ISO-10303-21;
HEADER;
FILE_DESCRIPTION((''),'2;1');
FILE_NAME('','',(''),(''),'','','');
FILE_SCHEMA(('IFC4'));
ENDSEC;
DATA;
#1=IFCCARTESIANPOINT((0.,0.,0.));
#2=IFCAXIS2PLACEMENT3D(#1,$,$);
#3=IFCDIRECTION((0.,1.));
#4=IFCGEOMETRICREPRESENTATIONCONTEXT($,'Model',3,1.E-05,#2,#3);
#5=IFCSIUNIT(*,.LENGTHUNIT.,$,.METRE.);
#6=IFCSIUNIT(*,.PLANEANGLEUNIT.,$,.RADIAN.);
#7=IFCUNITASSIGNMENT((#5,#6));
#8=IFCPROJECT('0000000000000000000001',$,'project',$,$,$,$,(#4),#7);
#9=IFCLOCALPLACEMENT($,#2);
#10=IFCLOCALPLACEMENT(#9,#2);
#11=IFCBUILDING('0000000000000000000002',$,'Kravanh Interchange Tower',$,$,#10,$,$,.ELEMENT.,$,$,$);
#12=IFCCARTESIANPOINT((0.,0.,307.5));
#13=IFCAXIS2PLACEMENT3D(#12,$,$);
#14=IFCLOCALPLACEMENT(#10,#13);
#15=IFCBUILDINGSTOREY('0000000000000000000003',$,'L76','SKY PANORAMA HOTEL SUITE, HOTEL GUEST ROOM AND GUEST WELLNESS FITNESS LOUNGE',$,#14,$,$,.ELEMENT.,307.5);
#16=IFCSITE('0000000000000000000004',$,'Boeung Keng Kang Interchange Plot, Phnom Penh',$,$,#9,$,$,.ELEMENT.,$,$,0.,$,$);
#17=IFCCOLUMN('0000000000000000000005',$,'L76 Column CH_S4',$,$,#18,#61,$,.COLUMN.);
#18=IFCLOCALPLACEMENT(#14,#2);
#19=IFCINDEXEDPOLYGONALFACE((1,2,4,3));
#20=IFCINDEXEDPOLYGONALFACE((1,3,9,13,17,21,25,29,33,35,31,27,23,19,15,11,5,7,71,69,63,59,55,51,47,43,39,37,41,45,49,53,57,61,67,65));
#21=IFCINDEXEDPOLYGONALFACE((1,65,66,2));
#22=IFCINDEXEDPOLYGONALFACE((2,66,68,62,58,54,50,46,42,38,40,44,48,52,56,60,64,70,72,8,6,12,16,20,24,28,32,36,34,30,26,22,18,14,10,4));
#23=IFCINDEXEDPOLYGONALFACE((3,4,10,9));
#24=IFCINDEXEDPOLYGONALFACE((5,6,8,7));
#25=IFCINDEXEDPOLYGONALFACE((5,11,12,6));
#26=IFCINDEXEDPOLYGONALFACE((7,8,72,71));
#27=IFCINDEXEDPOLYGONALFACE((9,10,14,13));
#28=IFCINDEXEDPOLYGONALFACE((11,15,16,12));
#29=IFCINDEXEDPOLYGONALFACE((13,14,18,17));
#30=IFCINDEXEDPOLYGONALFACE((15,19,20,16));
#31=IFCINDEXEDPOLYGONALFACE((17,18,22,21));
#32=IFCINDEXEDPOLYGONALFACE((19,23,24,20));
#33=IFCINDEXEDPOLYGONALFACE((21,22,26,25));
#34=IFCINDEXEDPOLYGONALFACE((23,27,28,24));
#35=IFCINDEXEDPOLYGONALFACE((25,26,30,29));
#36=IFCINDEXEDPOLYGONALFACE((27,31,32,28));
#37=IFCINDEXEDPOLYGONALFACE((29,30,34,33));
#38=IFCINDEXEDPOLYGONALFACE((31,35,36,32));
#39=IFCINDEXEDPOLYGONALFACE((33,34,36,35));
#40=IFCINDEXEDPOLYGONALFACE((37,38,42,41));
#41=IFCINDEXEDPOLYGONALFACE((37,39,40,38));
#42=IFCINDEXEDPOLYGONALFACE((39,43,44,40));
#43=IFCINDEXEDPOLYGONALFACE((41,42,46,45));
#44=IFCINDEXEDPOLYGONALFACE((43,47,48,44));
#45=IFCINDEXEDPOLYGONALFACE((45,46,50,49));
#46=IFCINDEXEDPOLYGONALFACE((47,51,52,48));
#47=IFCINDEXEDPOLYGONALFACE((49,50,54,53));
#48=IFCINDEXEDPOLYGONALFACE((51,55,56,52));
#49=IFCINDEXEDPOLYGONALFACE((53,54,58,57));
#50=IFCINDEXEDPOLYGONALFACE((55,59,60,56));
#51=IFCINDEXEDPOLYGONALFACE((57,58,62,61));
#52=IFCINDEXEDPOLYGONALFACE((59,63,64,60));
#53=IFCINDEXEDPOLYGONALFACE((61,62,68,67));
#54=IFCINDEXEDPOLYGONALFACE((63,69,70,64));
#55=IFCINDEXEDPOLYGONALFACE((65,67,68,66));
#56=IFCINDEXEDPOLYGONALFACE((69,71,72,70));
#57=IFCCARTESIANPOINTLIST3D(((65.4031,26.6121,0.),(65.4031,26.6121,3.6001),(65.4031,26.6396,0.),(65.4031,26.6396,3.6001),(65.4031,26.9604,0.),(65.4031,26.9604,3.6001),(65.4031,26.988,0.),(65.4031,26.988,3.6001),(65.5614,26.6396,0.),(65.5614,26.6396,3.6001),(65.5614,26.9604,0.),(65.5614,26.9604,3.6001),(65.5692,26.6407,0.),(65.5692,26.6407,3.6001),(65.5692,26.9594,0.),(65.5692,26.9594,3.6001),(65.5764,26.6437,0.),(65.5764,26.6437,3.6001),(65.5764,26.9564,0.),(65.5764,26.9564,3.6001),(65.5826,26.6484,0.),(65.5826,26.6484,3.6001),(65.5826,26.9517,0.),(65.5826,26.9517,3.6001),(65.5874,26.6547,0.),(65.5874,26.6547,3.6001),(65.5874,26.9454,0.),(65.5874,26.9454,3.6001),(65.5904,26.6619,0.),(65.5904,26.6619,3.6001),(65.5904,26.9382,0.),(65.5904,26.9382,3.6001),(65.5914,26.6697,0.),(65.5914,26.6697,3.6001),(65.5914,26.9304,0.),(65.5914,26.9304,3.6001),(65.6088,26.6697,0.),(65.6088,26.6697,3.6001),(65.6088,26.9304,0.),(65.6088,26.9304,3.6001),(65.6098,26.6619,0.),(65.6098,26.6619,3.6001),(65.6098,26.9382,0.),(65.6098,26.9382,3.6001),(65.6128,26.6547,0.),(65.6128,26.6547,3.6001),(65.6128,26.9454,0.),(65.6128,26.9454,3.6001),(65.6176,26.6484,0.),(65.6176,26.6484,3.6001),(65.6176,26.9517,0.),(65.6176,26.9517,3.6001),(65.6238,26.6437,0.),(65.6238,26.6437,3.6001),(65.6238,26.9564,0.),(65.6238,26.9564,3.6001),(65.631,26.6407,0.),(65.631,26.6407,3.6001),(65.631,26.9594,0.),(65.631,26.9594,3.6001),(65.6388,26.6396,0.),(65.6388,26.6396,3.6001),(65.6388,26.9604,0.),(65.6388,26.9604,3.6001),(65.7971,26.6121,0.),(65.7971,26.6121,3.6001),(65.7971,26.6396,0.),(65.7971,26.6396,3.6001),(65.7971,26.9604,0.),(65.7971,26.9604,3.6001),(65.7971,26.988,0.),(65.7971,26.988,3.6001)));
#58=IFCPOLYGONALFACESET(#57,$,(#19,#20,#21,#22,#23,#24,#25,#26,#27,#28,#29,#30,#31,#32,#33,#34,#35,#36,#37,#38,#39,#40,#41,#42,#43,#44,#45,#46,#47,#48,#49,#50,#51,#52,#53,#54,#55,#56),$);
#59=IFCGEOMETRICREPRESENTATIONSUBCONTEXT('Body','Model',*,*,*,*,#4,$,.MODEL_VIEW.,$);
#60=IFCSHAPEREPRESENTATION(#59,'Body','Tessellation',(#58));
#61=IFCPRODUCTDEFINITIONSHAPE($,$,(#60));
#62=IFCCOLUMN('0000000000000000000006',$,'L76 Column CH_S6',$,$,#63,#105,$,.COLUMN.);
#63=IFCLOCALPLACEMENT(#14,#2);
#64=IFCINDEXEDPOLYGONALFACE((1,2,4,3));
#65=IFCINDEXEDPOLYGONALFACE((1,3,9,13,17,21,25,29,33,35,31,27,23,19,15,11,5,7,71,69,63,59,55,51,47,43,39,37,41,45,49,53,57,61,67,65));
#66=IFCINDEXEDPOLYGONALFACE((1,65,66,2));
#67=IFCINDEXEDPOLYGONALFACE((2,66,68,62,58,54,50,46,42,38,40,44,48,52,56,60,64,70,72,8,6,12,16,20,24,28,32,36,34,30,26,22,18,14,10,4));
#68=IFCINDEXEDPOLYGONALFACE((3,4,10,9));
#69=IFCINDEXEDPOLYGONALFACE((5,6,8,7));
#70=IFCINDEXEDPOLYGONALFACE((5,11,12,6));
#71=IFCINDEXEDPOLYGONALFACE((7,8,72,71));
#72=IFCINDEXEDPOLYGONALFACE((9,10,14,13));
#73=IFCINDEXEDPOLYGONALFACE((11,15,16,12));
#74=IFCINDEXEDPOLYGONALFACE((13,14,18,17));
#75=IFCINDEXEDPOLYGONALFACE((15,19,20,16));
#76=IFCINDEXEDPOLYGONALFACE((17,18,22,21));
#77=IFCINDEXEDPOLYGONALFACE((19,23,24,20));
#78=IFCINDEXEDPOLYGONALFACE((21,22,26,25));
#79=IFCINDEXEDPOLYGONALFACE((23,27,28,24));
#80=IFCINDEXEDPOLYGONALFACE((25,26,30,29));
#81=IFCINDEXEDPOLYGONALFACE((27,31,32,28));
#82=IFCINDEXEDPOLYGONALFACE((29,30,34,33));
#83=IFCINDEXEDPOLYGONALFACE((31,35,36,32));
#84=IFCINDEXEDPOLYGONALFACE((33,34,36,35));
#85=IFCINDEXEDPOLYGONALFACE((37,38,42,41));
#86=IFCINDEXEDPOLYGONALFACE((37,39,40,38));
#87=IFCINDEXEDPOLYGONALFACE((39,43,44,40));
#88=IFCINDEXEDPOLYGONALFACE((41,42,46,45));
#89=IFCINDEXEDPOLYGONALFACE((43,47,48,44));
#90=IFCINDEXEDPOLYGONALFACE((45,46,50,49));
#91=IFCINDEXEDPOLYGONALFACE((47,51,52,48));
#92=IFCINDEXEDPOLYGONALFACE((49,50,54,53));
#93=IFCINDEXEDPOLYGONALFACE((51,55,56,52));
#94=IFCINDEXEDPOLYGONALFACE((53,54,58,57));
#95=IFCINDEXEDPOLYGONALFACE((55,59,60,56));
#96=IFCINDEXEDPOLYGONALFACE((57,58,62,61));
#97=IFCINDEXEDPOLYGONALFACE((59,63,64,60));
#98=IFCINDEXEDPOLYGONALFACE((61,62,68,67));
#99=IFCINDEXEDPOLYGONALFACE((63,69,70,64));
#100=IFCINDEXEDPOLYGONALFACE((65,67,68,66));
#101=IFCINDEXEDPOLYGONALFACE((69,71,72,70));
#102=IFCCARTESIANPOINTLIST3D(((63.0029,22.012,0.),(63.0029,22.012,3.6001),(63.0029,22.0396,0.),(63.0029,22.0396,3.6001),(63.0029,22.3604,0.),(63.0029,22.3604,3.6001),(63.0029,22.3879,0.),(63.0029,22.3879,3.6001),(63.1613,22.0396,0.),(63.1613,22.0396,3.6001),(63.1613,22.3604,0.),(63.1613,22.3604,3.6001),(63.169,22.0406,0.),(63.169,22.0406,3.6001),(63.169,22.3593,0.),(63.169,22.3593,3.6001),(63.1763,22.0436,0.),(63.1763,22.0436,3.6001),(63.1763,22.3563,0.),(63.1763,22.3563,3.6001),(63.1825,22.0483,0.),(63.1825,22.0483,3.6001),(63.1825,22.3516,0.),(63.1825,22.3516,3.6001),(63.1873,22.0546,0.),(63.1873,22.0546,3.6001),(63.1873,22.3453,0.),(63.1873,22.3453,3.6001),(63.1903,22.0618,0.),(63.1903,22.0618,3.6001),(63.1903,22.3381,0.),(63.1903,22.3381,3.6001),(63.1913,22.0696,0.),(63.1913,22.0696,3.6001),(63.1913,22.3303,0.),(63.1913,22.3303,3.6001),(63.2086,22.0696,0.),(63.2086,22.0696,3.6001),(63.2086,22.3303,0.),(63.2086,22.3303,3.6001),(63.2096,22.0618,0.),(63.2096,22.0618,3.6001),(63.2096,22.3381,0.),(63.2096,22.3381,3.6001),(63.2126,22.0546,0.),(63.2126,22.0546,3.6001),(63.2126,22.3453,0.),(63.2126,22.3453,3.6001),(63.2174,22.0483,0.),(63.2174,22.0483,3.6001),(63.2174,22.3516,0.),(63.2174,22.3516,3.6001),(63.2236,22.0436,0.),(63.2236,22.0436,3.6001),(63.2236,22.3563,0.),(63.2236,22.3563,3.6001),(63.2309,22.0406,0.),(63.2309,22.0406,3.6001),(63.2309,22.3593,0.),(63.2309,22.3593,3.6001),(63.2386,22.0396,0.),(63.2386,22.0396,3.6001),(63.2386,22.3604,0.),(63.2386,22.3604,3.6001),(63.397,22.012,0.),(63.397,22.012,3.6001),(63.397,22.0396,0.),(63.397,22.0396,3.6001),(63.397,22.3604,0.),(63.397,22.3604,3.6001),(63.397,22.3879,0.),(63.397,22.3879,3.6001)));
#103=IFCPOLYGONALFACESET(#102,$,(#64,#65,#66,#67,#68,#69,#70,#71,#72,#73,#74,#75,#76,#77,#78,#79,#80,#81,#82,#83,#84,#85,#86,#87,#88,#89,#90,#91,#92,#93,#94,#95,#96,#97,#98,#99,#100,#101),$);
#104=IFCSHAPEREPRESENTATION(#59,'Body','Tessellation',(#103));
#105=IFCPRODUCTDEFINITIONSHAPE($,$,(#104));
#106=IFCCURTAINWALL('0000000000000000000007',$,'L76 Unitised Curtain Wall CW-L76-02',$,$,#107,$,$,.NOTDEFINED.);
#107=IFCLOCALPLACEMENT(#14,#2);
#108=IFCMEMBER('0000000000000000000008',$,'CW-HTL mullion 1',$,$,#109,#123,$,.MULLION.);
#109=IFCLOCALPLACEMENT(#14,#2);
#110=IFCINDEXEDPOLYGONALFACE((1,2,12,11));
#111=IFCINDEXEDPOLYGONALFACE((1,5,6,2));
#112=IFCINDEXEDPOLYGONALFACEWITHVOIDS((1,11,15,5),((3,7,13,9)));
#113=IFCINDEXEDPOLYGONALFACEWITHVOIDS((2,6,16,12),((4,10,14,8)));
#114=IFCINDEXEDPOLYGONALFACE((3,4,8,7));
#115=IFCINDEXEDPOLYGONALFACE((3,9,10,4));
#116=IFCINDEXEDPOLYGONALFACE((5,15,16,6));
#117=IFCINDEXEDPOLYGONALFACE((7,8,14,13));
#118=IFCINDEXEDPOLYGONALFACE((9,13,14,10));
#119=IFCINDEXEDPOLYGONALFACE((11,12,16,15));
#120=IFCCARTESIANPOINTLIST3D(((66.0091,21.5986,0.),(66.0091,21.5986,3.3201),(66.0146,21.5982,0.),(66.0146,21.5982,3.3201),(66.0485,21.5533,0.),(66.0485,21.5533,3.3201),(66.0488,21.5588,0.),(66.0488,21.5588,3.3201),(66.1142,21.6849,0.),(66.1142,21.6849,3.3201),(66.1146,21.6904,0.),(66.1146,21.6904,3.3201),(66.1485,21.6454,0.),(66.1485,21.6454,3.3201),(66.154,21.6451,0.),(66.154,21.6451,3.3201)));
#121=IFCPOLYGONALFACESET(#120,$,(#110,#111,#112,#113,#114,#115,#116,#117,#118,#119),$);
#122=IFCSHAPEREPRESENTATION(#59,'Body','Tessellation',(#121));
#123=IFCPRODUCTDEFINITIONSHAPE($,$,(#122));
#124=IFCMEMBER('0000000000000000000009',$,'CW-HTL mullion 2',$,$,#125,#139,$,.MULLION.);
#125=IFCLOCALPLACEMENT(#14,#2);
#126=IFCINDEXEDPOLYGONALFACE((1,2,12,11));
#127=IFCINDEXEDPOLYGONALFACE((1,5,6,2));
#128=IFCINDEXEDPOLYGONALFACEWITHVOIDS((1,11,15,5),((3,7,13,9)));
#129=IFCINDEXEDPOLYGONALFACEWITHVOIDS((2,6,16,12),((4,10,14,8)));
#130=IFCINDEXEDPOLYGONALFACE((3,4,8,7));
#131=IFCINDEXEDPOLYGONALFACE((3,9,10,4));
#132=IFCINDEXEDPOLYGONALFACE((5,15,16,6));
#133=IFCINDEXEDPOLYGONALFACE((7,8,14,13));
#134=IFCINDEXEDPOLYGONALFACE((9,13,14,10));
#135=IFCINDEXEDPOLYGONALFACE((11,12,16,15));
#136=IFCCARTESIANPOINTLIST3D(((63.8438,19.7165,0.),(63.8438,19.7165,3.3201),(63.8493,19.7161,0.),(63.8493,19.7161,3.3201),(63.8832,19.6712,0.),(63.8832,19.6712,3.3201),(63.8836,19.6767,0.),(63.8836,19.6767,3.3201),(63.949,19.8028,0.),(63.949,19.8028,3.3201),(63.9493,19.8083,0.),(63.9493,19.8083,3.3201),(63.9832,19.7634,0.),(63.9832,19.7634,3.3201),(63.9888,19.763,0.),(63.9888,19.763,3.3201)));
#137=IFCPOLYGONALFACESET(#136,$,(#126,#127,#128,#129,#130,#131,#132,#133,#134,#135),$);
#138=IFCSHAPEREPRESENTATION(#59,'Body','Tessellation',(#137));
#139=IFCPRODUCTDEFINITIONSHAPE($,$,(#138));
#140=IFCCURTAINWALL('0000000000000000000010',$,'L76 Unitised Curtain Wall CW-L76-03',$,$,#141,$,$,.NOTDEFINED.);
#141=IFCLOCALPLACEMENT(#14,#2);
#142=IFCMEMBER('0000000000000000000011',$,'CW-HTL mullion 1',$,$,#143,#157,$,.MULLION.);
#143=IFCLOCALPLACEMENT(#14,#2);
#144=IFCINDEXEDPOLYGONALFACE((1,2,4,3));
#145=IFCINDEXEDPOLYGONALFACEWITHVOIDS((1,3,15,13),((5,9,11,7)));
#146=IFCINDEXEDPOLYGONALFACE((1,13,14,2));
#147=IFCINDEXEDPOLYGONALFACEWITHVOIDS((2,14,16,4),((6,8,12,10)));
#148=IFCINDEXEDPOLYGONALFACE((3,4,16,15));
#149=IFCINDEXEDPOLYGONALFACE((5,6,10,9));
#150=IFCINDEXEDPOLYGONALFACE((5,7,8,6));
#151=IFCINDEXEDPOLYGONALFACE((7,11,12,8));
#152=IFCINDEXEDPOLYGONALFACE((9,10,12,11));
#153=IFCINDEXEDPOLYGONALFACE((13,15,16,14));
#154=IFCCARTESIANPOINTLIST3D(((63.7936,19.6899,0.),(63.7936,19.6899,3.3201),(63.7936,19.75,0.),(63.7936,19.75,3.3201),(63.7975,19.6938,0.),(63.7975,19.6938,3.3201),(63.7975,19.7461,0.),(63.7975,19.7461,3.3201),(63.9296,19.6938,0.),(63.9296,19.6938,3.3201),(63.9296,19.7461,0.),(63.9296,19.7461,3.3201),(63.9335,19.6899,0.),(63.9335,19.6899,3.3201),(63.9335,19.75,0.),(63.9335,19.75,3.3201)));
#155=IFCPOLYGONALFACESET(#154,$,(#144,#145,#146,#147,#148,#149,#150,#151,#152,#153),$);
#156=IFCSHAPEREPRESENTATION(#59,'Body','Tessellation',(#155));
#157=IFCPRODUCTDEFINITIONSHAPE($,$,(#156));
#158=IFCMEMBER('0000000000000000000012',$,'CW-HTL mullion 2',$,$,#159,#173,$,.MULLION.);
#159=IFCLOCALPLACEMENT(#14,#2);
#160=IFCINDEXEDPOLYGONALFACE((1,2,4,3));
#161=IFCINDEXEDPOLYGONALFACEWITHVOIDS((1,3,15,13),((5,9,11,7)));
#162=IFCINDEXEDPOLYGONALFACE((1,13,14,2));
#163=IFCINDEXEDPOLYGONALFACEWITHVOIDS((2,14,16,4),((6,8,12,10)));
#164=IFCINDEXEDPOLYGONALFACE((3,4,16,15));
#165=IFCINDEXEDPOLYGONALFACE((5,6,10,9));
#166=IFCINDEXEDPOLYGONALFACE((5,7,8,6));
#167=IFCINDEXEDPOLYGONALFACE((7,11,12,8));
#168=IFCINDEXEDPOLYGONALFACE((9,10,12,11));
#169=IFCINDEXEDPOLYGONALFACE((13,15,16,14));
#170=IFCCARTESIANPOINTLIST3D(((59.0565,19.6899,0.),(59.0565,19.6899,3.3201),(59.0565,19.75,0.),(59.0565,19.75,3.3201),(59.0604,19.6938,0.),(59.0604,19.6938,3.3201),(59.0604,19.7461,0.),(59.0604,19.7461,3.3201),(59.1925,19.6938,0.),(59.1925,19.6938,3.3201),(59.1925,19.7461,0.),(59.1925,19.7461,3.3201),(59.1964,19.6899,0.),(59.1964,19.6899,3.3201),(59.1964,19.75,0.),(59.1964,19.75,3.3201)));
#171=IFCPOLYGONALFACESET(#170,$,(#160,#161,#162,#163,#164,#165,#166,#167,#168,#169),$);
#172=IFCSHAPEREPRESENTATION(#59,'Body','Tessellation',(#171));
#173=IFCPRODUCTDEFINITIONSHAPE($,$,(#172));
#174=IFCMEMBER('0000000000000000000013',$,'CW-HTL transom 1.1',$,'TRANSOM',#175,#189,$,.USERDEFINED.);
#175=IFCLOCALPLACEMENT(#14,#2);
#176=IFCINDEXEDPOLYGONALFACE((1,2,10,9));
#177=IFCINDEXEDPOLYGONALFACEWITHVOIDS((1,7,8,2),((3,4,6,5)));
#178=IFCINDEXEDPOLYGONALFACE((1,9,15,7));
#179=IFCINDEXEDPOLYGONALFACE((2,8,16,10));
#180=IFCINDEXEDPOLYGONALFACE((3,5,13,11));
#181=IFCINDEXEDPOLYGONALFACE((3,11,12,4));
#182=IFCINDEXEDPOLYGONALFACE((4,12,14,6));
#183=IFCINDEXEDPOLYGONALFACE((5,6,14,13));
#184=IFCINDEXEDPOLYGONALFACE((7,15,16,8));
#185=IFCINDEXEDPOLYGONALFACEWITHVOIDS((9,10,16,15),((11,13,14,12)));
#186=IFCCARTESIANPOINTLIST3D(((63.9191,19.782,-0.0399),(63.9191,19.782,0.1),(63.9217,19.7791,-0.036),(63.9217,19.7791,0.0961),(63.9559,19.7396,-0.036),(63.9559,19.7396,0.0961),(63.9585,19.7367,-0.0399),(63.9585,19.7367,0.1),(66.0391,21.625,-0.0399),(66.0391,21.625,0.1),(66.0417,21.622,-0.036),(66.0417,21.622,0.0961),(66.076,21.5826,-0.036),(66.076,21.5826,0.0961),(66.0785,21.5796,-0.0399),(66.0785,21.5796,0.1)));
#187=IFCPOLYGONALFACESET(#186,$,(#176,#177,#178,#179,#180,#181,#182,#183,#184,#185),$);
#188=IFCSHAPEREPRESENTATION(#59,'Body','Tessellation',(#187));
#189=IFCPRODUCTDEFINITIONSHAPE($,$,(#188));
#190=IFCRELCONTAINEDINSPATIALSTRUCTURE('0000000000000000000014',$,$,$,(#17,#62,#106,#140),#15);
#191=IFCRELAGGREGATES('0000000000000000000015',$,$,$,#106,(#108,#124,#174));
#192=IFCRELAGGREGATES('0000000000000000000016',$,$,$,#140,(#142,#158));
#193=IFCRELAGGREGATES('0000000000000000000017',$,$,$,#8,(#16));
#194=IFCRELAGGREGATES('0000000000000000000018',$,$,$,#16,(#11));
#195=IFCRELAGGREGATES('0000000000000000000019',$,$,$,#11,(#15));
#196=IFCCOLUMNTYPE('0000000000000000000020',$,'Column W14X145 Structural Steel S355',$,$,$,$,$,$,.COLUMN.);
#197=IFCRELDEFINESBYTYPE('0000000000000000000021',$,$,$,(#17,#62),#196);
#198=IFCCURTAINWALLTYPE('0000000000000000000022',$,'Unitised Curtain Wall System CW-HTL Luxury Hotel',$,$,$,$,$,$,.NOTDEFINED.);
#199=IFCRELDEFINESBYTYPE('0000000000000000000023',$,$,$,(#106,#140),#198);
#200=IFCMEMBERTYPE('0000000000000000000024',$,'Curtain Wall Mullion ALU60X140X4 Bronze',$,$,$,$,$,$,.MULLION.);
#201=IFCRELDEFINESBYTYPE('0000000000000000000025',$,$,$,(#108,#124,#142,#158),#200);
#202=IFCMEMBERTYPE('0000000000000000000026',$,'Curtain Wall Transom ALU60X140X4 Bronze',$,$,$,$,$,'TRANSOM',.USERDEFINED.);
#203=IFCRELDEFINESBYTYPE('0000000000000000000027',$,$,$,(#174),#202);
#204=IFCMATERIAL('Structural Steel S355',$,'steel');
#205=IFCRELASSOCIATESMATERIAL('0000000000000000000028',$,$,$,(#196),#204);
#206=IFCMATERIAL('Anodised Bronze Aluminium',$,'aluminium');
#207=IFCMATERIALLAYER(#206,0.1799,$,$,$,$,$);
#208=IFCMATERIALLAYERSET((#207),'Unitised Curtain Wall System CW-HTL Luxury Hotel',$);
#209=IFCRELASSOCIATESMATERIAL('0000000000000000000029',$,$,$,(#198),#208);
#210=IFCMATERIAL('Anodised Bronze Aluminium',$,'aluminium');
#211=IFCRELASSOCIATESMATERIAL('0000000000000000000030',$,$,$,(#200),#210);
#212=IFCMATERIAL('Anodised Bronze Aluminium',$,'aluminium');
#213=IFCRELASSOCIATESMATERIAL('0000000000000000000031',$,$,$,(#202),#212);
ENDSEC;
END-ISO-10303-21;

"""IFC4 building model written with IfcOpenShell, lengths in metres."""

from ifc_helpers import new_model, si_unit, direction, frame, origin, origin_2d, place, context, subcontext, project, spatial, hollow_rectangle, i_section, extrude, material, layer, layer_set, material_profile, profile_set, type_object, element, aggregate, save


model = new_model("IFC4")

# Units and contexts
model_context = context("Model", 3, precision=1e-05, world=origin(), true_north=direction((0.0, 1.0)))
body_context = subcontext(model_context, "Body", "Model", "MODEL_VIEW")
ifc_project = project(units=[si_unit("LENGTHUNIT", "METRE"), si_unit("PLANEANGLEUNIT", "RADIAN")], contexts=[model_context])

# Site, building, storey
site_placement = place(None, origin())
site = spatial("IfcSite", under=ifc_project, at=site_placement, Name="Boeung Keng Kang Interchange Plot, Phnom Penh", CompositionType="ELEMENT", RefElevation=0.0)
building_placement = place(site_placement, origin())
building = spatial("IfcBuilding", under=site, at=building_placement, Name="Kravanh Interchange Tower", CompositionType="ELEMENT")
storey_placement = place(building_placement, frame((0.0, 0.0, 307.5)))
storey = spatial("IfcBuildingStorey", under=building, at=storey_placement, Name="L76", Description="SKY PANORAMA HOTEL SUITE, HOTEL GUEST ROOM AND GUEST WELLNESS FITNESS LOUNGE", CompositionType="ELEMENT", Elevation=307.5)

# Columns
ifc_material_1 = material(Name="Structural Steel S355", Category="steel")
ifc_material_profile_1 = material_profile(ifc_material_1, i_section(OverallWidth=0.394, OverallDepth=0.376, WebThickness=0.0173, FlangeThickness=0.0276, FilletRadius=0.03, at=origin_2d()), Name="W14X145")
ifc_profile_set_1 = profile_set([ifc_material_profile_1], Name="Structural Steel S355")
column_type = type_object("IfcColumnType", Name="Column W14X145 Structural Steel S355", PredefinedType="COLUMN", material=ifc_profile_set_1)
for number, where, z_axis, x_axis, name in (
    (1, (65.6001, 26.8, 0.0), (0.0, 0.0, 1.0), (1.0, 0.0, 0.0), "L76 Column CH_S4"),
    (2, (63.2, 22.2, 0.0), (0.0, 0.0, 1.0), (1.0, 0.0, 0.0), "L76 Column CH_S6"),
):
    element("IfcColumn", number, at=place(storey_placement, frame(where, z_axis=z_axis, x_axis=x_axis)), inside=storey, type_object=column_type, Name=name, PredefinedType="COLUMN", context=body_context, shape_type="SweptSolid", body=[
        extrude(i_section(OverallWidth=0.394, OverallDepth=0.376, WebThickness=0.0173, FlangeThickness=0.0276, FilletRadius=0.03, at=origin_2d()), origin(), (0.0, 0.0, 1.0), 3.6001),
    ])

# Curtain walls, members
ifc_material_2 = material(Name="Anodised Bronze Aluminium", Category="aluminium")
ifc_layer_1 = layer(ifc_material_2, 0.1799)
ifc_layer_set_1 = layer_set([ifc_layer_1], Name="Unitised Curtain Wall System CW-HTL Luxury Hotel")
curtain_wall_type = type_object("IfcCurtainWallType", Name="Unitised Curtain Wall System CW-HTL Luxury Hotel", PredefinedType="NOTDEFINED", material=ifc_layer_set_1)
curtain_wall_1_placement = place(storey_placement, origin())
curtain_wall_1 = element("IfcCurtainWall", 3, at=curtain_wall_1_placement, inside=storey, type_object=curtain_wall_type, Name="L76 Unitised Curtain Wall CW-L76-02", PredefinedType="NOTDEFINED")
ifc_material_3 = material(Name="Anodised Bronze Aluminium", Category="aluminium")
ifc_material_profile_2 = material_profile(ifc_material_3, hollow_rectangle(XDim=0.0601, YDim=0.1399, WallThickness=0.0039, at=origin_2d()), Name="ALU60X140X4")
ifc_profile_set_2 = profile_set([ifc_material_profile_2], Name="Anodised Bronze Aluminium")
member_type_1 = type_object("IfcMemberType", Name="Curtain Wall Mullion ALU60X140X4 Bronze", PredefinedType="MULLION", material=ifc_profile_set_2)
member_1_placement = place(storey_placement, frame((66.0815, 21.6218, 0.0), z_axis=(0.0, 0.0, 1.0), x_axis=(0.65605, -0.754717, 0.0)))
member_1 = element("IfcMember", 4, at=member_1_placement, type_object=member_type_1, Name="CW-HTL mullion 1", PredefinedType="MULLION", context=body_context, shape_type="SweptSolid", body=[
    extrude(hollow_rectangle(XDim=0.0601, YDim=0.1399, WallThickness=0.0039, at=origin_2d()), origin(), (0.0, 0.0, 1.0), 3.3201),
])
member_2_placement = place(storey_placement, frame((63.9163, 19.7397, 0.0), z_axis=(0.0, 0.0, 1.0), x_axis=(0.65605, -0.754717, 0.0)))
member_2 = element("IfcMember", 5, at=member_2_placement, type_object=member_type_1, Name="CW-HTL mullion 2", PredefinedType="MULLION", context=body_context, shape_type="SweptSolid", body=[
    extrude(hollow_rectangle(XDim=0.0601, YDim=0.1399, WallThickness=0.0039, at=origin_2d()), origin(), (0.0, 0.0, 1.0), 3.3201),
])
curtain_wall_2_placement = place(storey_placement, origin())
curtain_wall_2 = element("IfcCurtainWall", 6, at=curtain_wall_2_placement, inside=storey, type_object=curtain_wall_type, Name="L76 Unitised Curtain Wall CW-L76-03", PredefinedType="NOTDEFINED")
member_3_placement = place(storey_placement, frame((63.8635, 19.72, 0.0), z_axis=(0.0, 0.0, 1.0), x_axis=(0.0, -1.0, 0.0)))
member_3 = element("IfcMember", 7, at=member_3_placement, type_object=member_type_1, Name="CW-HTL mullion 1", PredefinedType="MULLION", context=body_context, shape_type="SweptSolid", body=[
    extrude(hollow_rectangle(XDim=0.0601, YDim=0.1399, WallThickness=0.0039, at=origin_2d()), origin(), (0.0, 0.0, 1.0), 3.3201),
])
member_4_placement = place(storey_placement, frame((59.1265, 19.72, 0.0), z_axis=(0.0, 0.0, 1.0), x_axis=(0.0, -1.0, 0.0)))
member_4 = element("IfcMember", 8, at=member_4_placement, type_object=member_type_1, Name="CW-HTL mullion 2", PredefinedType="MULLION", context=body_context, shape_type="SweptSolid", body=[
    extrude(hollow_rectangle(XDim=0.0601, YDim=0.1399, WallThickness=0.0039, at=origin_2d()), origin(), (0.0, 0.0, 1.0), 3.3201),
])

# Member
ifc_material_4 = material(Name="Anodised Bronze Aluminium", Category="aluminium")
ifc_material_profile_3 = material_profile(ifc_material_4, hollow_rectangle(XDim=0.0601, YDim=0.1399, WallThickness=0.0039, at=origin_2d()), Name="ALU60X140X4")
ifc_profile_set_3 = profile_set([ifc_material_profile_3], Name="Anodised Bronze Aluminium")
member_type_2 = type_object("IfcMemberType", Name="Curtain Wall Transom ALU60X140X4 Bronze", ElementType="TRANSOM", PredefinedType="USERDEFINED", material=ifc_profile_set_3)
member_5_placement = place(storey_placement, frame((66.0588, 21.6023, 0.03), z_axis=(-0.754705, -0.656065, 0.0), x_axis=(0.656065, -0.754705, 0.0)))
member_5 = element("IfcMember", 9, at=member_5_placement, type_object=member_type_2, Name="CW-HTL transom 1.1", ObjectType="TRANSOM", PredefinedType="USERDEFINED", context=body_context, shape_type="SweptSolid", body=[
    extrude(hollow_rectangle(XDim=0.0601, YDim=0.1399, WallThickness=0.0039, at=origin_2d()), origin(), (0.0, 0.0, 1.0), 2.8091),
])

aggregate(curtain_wall_1, [member_1, member_2, member_5])
aggregate(curtain_wall_2, [member_3, member_4])

save(model, "model.ifc")
